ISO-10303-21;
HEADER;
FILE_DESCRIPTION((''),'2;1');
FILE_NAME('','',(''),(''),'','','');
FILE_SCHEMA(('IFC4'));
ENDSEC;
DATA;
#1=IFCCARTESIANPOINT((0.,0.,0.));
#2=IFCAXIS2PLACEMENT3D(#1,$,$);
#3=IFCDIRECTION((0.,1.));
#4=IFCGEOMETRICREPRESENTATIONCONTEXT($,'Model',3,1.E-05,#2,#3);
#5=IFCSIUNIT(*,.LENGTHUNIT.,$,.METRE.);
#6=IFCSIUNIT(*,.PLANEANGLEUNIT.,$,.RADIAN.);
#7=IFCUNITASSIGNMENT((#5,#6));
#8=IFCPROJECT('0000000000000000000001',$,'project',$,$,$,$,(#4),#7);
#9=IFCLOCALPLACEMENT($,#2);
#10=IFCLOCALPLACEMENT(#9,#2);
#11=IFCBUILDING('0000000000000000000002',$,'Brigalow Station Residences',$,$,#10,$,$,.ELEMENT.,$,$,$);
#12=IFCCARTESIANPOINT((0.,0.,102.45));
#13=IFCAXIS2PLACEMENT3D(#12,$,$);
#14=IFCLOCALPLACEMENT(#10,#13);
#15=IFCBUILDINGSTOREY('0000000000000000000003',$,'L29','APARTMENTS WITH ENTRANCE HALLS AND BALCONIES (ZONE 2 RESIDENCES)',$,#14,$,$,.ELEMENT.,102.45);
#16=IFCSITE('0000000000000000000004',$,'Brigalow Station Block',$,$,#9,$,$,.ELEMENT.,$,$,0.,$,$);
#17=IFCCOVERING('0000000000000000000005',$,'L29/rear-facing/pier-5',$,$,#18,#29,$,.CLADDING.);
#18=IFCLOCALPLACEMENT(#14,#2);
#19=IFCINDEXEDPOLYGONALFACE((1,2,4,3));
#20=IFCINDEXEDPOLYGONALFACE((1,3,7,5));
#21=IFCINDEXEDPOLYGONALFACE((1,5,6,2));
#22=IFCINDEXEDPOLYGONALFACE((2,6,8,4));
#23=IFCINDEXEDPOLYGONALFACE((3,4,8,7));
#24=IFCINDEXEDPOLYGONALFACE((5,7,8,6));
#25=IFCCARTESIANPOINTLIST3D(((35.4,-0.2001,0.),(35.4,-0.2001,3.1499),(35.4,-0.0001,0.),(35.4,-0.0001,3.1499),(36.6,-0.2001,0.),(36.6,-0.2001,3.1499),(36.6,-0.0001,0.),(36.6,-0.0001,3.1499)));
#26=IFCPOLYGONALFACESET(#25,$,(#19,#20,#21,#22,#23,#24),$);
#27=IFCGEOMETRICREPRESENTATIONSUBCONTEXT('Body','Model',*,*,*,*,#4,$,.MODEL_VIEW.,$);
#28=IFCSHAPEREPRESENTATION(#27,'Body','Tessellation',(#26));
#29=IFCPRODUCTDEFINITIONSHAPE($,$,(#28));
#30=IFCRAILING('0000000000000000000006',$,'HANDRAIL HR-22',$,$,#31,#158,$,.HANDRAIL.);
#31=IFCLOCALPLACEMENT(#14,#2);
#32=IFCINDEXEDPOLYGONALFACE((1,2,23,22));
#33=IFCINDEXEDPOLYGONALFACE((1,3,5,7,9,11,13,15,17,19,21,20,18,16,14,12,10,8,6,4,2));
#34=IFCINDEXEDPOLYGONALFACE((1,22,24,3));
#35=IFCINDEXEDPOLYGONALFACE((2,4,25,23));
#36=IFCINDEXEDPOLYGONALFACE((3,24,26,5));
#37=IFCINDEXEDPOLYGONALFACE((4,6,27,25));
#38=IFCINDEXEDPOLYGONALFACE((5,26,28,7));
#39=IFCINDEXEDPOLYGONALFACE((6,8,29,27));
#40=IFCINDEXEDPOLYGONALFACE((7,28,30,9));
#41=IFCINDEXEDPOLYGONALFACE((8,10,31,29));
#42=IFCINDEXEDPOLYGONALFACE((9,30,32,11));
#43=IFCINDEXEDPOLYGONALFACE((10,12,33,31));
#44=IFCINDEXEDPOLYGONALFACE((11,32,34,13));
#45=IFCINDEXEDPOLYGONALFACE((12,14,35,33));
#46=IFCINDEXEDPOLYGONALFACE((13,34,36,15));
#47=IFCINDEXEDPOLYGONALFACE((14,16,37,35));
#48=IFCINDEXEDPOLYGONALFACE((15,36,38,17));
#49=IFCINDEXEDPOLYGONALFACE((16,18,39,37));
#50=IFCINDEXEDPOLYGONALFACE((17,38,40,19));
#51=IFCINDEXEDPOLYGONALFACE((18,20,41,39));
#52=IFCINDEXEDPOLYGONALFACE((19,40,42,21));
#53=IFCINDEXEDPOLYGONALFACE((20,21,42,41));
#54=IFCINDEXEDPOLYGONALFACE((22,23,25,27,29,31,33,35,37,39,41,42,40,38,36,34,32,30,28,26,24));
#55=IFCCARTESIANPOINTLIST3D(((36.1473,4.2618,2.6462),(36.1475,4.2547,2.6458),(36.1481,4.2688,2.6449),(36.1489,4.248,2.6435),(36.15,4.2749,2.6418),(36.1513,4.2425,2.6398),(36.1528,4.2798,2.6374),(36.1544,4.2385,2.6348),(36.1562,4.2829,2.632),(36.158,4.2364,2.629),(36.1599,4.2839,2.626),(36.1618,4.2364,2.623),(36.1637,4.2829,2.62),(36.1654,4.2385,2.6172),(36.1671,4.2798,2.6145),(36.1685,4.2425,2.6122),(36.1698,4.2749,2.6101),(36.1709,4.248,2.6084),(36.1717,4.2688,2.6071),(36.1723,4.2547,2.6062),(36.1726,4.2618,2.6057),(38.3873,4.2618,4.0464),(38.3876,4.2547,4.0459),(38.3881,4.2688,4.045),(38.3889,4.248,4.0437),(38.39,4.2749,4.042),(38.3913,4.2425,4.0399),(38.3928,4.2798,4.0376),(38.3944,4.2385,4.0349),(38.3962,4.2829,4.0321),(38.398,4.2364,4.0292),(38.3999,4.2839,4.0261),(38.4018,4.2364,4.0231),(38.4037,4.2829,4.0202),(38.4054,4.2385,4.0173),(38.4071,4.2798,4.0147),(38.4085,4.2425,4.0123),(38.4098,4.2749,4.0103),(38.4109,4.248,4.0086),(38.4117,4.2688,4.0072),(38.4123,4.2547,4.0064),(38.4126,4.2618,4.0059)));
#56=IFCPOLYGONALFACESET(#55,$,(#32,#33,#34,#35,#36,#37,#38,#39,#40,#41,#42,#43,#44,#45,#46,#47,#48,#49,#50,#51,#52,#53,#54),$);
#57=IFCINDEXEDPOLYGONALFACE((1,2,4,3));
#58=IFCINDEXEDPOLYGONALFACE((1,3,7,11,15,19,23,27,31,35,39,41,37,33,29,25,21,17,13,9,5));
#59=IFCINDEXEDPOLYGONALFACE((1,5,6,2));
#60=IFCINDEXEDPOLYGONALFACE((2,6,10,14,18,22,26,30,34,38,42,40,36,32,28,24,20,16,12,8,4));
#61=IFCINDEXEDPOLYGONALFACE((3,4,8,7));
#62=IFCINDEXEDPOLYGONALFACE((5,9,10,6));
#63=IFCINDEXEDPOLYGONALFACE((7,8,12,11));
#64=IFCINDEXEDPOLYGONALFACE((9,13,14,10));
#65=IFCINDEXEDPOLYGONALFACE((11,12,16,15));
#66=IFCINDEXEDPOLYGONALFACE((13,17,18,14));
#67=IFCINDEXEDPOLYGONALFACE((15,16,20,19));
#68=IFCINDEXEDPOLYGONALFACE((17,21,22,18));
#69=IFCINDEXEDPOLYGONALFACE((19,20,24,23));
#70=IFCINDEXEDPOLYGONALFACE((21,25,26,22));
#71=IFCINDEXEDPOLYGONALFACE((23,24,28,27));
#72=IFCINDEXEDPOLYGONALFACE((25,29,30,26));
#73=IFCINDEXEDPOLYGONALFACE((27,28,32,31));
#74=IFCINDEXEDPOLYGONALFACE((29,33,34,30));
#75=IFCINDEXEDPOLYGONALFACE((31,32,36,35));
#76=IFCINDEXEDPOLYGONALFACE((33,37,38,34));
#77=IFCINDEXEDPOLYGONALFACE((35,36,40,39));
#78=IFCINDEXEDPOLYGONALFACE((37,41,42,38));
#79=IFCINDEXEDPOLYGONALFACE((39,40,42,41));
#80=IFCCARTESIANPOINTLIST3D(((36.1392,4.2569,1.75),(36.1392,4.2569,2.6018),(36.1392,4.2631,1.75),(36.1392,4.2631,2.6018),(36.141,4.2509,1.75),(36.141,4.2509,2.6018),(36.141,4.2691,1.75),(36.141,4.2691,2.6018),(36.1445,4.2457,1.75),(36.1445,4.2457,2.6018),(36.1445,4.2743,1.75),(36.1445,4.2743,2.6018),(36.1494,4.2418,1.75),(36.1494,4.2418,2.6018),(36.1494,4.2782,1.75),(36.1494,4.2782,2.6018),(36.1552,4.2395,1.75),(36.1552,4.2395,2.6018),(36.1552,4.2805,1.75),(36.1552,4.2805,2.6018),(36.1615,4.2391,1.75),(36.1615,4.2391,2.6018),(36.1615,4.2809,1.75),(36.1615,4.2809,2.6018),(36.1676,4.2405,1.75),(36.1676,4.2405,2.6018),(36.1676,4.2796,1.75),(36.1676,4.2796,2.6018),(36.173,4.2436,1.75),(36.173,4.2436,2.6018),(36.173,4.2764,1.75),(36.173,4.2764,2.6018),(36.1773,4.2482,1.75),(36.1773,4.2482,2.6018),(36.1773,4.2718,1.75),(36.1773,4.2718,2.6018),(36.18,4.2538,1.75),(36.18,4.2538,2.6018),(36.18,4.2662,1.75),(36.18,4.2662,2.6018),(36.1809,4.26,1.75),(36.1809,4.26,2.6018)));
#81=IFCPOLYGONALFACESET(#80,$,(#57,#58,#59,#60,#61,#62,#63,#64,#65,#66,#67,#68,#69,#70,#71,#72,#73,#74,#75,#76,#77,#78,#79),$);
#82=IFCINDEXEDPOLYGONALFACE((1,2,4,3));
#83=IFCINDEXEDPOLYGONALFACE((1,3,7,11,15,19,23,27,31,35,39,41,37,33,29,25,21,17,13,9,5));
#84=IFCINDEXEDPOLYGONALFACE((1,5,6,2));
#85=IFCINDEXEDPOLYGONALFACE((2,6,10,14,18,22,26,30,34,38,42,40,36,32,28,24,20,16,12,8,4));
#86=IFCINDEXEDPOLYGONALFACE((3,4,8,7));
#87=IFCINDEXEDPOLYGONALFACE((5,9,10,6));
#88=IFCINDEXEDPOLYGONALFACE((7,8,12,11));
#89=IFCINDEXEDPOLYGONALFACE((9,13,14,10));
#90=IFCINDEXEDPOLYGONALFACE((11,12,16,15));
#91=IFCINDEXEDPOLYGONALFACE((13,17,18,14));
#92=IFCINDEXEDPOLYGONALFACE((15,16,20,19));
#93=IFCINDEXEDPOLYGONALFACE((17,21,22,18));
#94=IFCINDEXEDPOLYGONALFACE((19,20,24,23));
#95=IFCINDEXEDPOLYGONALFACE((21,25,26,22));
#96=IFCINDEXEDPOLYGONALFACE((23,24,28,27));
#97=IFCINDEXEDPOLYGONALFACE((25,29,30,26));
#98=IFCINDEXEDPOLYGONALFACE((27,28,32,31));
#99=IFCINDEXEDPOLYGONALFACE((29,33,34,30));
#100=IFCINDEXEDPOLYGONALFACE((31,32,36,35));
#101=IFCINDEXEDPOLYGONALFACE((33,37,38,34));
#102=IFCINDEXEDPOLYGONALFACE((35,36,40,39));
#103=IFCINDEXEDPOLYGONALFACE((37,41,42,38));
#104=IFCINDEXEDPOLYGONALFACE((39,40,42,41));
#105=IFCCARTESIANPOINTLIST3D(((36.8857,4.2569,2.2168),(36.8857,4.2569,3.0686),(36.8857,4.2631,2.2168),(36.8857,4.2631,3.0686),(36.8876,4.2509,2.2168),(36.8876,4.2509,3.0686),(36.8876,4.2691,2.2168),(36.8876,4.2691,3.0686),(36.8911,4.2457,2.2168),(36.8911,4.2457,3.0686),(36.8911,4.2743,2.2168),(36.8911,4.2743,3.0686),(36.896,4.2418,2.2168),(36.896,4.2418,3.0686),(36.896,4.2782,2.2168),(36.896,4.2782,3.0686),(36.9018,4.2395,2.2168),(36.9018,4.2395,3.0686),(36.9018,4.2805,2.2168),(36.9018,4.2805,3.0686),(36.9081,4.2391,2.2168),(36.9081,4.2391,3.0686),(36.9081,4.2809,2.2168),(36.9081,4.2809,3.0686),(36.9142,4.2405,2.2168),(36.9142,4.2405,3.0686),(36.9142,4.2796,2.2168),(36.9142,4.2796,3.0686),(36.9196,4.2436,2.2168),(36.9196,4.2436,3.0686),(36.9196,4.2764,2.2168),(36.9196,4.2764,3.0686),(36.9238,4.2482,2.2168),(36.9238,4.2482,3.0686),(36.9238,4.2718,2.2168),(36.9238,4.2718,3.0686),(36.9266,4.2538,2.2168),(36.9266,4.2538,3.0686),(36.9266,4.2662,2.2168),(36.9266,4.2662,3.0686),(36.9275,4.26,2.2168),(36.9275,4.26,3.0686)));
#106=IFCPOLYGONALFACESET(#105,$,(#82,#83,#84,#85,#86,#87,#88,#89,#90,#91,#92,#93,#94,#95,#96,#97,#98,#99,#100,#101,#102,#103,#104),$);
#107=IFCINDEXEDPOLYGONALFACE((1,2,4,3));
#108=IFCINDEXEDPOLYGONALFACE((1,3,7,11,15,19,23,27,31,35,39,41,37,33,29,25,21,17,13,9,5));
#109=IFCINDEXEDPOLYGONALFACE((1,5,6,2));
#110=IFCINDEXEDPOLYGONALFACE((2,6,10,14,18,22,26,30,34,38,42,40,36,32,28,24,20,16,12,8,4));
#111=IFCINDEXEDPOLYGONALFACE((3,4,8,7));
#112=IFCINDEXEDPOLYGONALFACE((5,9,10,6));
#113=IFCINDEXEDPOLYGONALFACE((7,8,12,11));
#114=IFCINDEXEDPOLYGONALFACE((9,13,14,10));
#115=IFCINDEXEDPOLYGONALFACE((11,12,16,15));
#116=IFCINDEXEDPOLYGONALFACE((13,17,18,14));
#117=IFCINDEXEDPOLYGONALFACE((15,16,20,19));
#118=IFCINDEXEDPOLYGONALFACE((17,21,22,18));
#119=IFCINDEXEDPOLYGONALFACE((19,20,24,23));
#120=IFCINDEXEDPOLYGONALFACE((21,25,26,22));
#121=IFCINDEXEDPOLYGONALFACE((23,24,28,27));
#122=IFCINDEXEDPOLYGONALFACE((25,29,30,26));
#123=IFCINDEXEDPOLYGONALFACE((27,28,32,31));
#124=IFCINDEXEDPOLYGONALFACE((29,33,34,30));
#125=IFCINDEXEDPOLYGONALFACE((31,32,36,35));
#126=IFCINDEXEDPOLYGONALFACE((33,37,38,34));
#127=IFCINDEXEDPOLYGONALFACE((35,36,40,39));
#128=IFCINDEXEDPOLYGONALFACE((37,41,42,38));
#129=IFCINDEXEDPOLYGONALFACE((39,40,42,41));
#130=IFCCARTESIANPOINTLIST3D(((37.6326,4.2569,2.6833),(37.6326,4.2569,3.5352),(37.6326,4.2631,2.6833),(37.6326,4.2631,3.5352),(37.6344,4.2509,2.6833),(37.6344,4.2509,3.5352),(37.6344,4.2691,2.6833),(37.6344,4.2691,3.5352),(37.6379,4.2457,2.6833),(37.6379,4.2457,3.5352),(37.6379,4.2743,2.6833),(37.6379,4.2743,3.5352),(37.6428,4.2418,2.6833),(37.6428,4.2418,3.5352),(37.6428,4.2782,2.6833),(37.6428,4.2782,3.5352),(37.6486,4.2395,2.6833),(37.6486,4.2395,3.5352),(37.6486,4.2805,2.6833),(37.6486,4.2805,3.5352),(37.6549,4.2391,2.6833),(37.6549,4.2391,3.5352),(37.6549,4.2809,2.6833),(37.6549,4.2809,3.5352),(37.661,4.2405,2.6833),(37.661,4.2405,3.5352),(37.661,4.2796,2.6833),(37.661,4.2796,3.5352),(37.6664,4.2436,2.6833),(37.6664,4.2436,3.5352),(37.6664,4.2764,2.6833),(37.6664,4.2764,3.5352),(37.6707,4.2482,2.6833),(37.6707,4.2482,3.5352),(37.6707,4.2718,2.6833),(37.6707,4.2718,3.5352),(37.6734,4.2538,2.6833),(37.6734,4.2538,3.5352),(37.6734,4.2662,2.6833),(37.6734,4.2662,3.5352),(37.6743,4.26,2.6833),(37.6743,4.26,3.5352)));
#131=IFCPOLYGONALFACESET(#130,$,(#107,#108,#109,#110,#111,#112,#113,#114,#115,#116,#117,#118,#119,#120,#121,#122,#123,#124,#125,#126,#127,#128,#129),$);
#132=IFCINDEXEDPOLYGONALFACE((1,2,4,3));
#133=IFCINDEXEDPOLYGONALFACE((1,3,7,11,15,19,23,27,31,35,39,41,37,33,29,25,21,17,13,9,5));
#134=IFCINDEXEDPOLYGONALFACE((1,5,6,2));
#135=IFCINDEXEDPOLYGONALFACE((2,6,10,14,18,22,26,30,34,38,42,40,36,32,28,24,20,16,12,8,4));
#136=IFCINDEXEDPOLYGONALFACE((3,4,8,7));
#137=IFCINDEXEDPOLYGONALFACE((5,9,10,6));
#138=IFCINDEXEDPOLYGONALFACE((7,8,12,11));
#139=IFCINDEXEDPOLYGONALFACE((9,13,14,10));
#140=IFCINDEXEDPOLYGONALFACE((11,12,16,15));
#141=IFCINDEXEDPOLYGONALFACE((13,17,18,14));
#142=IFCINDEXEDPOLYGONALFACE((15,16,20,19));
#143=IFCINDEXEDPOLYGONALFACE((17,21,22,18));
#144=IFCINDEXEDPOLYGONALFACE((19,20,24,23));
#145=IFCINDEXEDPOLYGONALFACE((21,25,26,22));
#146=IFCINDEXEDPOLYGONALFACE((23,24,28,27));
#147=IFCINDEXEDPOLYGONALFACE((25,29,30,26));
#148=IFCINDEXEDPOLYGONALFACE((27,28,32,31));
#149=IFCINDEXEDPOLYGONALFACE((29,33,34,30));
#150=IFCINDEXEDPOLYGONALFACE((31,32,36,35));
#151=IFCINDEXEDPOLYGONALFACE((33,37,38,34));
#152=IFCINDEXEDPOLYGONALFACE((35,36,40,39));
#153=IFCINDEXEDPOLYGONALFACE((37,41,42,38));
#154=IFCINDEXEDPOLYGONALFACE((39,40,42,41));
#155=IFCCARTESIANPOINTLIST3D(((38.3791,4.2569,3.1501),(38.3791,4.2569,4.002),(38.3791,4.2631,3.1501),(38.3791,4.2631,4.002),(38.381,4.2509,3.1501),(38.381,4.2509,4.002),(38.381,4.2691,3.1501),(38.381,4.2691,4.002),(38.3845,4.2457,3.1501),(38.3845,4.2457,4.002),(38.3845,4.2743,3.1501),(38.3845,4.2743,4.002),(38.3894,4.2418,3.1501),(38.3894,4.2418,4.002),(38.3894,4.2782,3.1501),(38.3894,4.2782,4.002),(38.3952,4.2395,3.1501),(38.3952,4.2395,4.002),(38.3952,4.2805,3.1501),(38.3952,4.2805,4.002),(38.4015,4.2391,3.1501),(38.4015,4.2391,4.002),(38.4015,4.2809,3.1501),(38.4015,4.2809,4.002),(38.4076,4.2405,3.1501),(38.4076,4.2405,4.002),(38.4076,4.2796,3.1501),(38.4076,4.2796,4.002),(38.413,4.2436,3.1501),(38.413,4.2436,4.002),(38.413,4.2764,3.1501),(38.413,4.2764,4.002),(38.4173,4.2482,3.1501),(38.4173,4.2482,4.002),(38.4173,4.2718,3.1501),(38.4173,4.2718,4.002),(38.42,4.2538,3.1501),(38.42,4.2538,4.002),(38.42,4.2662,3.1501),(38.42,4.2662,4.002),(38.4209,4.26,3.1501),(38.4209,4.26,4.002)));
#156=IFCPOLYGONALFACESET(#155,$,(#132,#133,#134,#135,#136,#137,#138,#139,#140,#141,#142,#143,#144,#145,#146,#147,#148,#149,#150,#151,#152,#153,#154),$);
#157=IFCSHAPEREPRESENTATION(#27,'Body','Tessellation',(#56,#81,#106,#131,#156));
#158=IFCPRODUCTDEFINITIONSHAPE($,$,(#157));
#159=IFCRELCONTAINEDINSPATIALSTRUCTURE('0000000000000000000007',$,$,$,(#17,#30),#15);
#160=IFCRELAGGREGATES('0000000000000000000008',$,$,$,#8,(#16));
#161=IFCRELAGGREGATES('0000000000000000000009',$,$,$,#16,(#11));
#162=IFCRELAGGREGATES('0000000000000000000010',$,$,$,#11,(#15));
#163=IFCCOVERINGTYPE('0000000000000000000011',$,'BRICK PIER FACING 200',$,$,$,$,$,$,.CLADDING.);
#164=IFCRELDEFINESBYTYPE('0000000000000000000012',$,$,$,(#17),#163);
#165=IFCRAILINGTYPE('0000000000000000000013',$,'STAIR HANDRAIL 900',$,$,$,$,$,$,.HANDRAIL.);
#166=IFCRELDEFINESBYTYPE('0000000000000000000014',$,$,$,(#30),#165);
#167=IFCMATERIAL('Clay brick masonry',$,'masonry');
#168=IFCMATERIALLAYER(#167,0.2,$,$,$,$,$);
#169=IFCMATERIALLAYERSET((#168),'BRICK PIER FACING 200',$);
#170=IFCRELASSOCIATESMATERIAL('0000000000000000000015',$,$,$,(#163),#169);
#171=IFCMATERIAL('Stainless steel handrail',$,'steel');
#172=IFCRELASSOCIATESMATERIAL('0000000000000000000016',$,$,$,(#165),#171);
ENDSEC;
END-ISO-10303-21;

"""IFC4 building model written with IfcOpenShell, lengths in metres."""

from ifc_helpers import new_model, si_unit, direction, frame, origin, origin_2d, place, context, subcontext, project, spatial, rectangle, circle, extrude, material, layer, layer_set, type_object, element, save


model = new_model("IFC4")

# Units and contexts
model_context = context("Model", 3, precision=1e-05, world=origin(), true_north=direction((0.0, 1.0)))
body_context = subcontext(model_context, "Body", "Model", "MODEL_VIEW")
ifc_project = project(units=[si_unit("LENGTHUNIT", "METRE"), si_unit("PLANEANGLEUNIT", "RADIAN")], contexts=[model_context])

# Site, building, storey
site_placement = place(None, origin())
site = spatial("IfcSite", under=ifc_project, at=site_placement, Name="Brigalow Station Block", CompositionType="ELEMENT", RefElevation=0.0)
building_placement = place(site_placement, origin())
building = spatial("IfcBuilding", under=site, at=building_placement, Name="Brigalow Station Residences", CompositionType="ELEMENT")
storey_placement = place(building_placement, frame((0.0, 0.0, 102.45)))
storey = spatial("IfcBuildingStorey", under=building, at=storey_placement, Name="L29", Description="APARTMENTS WITH ENTRANCE HALLS AND BALCONIES (ZONE 2 RESIDENCES)", CompositionType="ELEMENT", Elevation=102.45)

# Covering
ifc_material_1 = material(Name="Clay brick masonry", Category="masonry")
ifc_layer_1 = layer(ifc_material_1, 0.2)
ifc_layer_set_1 = layer_set([ifc_layer_1], Name="BRICK PIER FACING 200")
covering_type_1 = type_object("IfcCoveringType", Name="BRICK PIER FACING 200", PredefinedType="CLADDING", material=ifc_layer_set_1)
for number, where, z_axis, x_axis, name in (
    (1, (36.0, -0.1001, 0.0), (0.0, 0.0, 1.0), (1.0, 0.0, 0.0), "L29/rear-facing/pier-5"),
):
    element("IfcCovering", number, at=place(storey_placement, frame(where, z_axis=z_axis, x_axis=x_axis)), inside=storey, type_object=covering_type_1, Name=name, PredefinedType="CLADDING", context=body_context, shape_type="SweptSolid", body=[
        extrude(rectangle(XDim=1.2, YDim=0.2, at=origin_2d()), origin(), (0.0, 0.0, 1.0), 3.1499),
    ])

# Railing
ifc_material_2 = material(Name="Stainless steel handrail", Category="steel")
railing_type = type_object("IfcRailingType", Name="STAIR HANDRAIL 900", PredefinedType="HANDRAIL", material=ifc_material_2)
railing_placement = place(storey_placement, frame((36.1599, 4.26, 1.75)))
element("IfcRailing", 2, at=railing_placement, inside=storey, type_object=railing_type, Name="HANDRAIL HR-22", PredefinedType="HANDRAIL", context=body_context, shape_type="SweptSolid", body=[
    extrude(circle(Radius=0.0239, at=origin_2d()), frame((0.0, 0.0, 0.876), z_axis=(0.847972, 0.0, 0.53004), x_axis=(0.0, 1.0, 0.0)), (0.0, 0.0, 1.0), 2.6416),
    extrude(circle(Radius=0.021, at=origin_2d()), origin(), (0.0, 0.0, 1.0), 0.8518),
    extrude(circle(Radius=0.021, at=origin_2d()), frame((0.7466, 0.0, 0.4668)), (0.0, 0.0, 1.0), 0.8518),
    extrude(circle(Radius=0.021, at=origin_2d()), frame((1.4934, 0.0, 0.9333)), (0.0, 0.0, 1.0), 0.8518),
    extrude(circle(Radius=0.021, at=origin_2d()), frame((2.24, 0.0, 1.4001)), (0.0, 0.0, 1.0), 0.8518),
])

save(model, "model.ifc")
